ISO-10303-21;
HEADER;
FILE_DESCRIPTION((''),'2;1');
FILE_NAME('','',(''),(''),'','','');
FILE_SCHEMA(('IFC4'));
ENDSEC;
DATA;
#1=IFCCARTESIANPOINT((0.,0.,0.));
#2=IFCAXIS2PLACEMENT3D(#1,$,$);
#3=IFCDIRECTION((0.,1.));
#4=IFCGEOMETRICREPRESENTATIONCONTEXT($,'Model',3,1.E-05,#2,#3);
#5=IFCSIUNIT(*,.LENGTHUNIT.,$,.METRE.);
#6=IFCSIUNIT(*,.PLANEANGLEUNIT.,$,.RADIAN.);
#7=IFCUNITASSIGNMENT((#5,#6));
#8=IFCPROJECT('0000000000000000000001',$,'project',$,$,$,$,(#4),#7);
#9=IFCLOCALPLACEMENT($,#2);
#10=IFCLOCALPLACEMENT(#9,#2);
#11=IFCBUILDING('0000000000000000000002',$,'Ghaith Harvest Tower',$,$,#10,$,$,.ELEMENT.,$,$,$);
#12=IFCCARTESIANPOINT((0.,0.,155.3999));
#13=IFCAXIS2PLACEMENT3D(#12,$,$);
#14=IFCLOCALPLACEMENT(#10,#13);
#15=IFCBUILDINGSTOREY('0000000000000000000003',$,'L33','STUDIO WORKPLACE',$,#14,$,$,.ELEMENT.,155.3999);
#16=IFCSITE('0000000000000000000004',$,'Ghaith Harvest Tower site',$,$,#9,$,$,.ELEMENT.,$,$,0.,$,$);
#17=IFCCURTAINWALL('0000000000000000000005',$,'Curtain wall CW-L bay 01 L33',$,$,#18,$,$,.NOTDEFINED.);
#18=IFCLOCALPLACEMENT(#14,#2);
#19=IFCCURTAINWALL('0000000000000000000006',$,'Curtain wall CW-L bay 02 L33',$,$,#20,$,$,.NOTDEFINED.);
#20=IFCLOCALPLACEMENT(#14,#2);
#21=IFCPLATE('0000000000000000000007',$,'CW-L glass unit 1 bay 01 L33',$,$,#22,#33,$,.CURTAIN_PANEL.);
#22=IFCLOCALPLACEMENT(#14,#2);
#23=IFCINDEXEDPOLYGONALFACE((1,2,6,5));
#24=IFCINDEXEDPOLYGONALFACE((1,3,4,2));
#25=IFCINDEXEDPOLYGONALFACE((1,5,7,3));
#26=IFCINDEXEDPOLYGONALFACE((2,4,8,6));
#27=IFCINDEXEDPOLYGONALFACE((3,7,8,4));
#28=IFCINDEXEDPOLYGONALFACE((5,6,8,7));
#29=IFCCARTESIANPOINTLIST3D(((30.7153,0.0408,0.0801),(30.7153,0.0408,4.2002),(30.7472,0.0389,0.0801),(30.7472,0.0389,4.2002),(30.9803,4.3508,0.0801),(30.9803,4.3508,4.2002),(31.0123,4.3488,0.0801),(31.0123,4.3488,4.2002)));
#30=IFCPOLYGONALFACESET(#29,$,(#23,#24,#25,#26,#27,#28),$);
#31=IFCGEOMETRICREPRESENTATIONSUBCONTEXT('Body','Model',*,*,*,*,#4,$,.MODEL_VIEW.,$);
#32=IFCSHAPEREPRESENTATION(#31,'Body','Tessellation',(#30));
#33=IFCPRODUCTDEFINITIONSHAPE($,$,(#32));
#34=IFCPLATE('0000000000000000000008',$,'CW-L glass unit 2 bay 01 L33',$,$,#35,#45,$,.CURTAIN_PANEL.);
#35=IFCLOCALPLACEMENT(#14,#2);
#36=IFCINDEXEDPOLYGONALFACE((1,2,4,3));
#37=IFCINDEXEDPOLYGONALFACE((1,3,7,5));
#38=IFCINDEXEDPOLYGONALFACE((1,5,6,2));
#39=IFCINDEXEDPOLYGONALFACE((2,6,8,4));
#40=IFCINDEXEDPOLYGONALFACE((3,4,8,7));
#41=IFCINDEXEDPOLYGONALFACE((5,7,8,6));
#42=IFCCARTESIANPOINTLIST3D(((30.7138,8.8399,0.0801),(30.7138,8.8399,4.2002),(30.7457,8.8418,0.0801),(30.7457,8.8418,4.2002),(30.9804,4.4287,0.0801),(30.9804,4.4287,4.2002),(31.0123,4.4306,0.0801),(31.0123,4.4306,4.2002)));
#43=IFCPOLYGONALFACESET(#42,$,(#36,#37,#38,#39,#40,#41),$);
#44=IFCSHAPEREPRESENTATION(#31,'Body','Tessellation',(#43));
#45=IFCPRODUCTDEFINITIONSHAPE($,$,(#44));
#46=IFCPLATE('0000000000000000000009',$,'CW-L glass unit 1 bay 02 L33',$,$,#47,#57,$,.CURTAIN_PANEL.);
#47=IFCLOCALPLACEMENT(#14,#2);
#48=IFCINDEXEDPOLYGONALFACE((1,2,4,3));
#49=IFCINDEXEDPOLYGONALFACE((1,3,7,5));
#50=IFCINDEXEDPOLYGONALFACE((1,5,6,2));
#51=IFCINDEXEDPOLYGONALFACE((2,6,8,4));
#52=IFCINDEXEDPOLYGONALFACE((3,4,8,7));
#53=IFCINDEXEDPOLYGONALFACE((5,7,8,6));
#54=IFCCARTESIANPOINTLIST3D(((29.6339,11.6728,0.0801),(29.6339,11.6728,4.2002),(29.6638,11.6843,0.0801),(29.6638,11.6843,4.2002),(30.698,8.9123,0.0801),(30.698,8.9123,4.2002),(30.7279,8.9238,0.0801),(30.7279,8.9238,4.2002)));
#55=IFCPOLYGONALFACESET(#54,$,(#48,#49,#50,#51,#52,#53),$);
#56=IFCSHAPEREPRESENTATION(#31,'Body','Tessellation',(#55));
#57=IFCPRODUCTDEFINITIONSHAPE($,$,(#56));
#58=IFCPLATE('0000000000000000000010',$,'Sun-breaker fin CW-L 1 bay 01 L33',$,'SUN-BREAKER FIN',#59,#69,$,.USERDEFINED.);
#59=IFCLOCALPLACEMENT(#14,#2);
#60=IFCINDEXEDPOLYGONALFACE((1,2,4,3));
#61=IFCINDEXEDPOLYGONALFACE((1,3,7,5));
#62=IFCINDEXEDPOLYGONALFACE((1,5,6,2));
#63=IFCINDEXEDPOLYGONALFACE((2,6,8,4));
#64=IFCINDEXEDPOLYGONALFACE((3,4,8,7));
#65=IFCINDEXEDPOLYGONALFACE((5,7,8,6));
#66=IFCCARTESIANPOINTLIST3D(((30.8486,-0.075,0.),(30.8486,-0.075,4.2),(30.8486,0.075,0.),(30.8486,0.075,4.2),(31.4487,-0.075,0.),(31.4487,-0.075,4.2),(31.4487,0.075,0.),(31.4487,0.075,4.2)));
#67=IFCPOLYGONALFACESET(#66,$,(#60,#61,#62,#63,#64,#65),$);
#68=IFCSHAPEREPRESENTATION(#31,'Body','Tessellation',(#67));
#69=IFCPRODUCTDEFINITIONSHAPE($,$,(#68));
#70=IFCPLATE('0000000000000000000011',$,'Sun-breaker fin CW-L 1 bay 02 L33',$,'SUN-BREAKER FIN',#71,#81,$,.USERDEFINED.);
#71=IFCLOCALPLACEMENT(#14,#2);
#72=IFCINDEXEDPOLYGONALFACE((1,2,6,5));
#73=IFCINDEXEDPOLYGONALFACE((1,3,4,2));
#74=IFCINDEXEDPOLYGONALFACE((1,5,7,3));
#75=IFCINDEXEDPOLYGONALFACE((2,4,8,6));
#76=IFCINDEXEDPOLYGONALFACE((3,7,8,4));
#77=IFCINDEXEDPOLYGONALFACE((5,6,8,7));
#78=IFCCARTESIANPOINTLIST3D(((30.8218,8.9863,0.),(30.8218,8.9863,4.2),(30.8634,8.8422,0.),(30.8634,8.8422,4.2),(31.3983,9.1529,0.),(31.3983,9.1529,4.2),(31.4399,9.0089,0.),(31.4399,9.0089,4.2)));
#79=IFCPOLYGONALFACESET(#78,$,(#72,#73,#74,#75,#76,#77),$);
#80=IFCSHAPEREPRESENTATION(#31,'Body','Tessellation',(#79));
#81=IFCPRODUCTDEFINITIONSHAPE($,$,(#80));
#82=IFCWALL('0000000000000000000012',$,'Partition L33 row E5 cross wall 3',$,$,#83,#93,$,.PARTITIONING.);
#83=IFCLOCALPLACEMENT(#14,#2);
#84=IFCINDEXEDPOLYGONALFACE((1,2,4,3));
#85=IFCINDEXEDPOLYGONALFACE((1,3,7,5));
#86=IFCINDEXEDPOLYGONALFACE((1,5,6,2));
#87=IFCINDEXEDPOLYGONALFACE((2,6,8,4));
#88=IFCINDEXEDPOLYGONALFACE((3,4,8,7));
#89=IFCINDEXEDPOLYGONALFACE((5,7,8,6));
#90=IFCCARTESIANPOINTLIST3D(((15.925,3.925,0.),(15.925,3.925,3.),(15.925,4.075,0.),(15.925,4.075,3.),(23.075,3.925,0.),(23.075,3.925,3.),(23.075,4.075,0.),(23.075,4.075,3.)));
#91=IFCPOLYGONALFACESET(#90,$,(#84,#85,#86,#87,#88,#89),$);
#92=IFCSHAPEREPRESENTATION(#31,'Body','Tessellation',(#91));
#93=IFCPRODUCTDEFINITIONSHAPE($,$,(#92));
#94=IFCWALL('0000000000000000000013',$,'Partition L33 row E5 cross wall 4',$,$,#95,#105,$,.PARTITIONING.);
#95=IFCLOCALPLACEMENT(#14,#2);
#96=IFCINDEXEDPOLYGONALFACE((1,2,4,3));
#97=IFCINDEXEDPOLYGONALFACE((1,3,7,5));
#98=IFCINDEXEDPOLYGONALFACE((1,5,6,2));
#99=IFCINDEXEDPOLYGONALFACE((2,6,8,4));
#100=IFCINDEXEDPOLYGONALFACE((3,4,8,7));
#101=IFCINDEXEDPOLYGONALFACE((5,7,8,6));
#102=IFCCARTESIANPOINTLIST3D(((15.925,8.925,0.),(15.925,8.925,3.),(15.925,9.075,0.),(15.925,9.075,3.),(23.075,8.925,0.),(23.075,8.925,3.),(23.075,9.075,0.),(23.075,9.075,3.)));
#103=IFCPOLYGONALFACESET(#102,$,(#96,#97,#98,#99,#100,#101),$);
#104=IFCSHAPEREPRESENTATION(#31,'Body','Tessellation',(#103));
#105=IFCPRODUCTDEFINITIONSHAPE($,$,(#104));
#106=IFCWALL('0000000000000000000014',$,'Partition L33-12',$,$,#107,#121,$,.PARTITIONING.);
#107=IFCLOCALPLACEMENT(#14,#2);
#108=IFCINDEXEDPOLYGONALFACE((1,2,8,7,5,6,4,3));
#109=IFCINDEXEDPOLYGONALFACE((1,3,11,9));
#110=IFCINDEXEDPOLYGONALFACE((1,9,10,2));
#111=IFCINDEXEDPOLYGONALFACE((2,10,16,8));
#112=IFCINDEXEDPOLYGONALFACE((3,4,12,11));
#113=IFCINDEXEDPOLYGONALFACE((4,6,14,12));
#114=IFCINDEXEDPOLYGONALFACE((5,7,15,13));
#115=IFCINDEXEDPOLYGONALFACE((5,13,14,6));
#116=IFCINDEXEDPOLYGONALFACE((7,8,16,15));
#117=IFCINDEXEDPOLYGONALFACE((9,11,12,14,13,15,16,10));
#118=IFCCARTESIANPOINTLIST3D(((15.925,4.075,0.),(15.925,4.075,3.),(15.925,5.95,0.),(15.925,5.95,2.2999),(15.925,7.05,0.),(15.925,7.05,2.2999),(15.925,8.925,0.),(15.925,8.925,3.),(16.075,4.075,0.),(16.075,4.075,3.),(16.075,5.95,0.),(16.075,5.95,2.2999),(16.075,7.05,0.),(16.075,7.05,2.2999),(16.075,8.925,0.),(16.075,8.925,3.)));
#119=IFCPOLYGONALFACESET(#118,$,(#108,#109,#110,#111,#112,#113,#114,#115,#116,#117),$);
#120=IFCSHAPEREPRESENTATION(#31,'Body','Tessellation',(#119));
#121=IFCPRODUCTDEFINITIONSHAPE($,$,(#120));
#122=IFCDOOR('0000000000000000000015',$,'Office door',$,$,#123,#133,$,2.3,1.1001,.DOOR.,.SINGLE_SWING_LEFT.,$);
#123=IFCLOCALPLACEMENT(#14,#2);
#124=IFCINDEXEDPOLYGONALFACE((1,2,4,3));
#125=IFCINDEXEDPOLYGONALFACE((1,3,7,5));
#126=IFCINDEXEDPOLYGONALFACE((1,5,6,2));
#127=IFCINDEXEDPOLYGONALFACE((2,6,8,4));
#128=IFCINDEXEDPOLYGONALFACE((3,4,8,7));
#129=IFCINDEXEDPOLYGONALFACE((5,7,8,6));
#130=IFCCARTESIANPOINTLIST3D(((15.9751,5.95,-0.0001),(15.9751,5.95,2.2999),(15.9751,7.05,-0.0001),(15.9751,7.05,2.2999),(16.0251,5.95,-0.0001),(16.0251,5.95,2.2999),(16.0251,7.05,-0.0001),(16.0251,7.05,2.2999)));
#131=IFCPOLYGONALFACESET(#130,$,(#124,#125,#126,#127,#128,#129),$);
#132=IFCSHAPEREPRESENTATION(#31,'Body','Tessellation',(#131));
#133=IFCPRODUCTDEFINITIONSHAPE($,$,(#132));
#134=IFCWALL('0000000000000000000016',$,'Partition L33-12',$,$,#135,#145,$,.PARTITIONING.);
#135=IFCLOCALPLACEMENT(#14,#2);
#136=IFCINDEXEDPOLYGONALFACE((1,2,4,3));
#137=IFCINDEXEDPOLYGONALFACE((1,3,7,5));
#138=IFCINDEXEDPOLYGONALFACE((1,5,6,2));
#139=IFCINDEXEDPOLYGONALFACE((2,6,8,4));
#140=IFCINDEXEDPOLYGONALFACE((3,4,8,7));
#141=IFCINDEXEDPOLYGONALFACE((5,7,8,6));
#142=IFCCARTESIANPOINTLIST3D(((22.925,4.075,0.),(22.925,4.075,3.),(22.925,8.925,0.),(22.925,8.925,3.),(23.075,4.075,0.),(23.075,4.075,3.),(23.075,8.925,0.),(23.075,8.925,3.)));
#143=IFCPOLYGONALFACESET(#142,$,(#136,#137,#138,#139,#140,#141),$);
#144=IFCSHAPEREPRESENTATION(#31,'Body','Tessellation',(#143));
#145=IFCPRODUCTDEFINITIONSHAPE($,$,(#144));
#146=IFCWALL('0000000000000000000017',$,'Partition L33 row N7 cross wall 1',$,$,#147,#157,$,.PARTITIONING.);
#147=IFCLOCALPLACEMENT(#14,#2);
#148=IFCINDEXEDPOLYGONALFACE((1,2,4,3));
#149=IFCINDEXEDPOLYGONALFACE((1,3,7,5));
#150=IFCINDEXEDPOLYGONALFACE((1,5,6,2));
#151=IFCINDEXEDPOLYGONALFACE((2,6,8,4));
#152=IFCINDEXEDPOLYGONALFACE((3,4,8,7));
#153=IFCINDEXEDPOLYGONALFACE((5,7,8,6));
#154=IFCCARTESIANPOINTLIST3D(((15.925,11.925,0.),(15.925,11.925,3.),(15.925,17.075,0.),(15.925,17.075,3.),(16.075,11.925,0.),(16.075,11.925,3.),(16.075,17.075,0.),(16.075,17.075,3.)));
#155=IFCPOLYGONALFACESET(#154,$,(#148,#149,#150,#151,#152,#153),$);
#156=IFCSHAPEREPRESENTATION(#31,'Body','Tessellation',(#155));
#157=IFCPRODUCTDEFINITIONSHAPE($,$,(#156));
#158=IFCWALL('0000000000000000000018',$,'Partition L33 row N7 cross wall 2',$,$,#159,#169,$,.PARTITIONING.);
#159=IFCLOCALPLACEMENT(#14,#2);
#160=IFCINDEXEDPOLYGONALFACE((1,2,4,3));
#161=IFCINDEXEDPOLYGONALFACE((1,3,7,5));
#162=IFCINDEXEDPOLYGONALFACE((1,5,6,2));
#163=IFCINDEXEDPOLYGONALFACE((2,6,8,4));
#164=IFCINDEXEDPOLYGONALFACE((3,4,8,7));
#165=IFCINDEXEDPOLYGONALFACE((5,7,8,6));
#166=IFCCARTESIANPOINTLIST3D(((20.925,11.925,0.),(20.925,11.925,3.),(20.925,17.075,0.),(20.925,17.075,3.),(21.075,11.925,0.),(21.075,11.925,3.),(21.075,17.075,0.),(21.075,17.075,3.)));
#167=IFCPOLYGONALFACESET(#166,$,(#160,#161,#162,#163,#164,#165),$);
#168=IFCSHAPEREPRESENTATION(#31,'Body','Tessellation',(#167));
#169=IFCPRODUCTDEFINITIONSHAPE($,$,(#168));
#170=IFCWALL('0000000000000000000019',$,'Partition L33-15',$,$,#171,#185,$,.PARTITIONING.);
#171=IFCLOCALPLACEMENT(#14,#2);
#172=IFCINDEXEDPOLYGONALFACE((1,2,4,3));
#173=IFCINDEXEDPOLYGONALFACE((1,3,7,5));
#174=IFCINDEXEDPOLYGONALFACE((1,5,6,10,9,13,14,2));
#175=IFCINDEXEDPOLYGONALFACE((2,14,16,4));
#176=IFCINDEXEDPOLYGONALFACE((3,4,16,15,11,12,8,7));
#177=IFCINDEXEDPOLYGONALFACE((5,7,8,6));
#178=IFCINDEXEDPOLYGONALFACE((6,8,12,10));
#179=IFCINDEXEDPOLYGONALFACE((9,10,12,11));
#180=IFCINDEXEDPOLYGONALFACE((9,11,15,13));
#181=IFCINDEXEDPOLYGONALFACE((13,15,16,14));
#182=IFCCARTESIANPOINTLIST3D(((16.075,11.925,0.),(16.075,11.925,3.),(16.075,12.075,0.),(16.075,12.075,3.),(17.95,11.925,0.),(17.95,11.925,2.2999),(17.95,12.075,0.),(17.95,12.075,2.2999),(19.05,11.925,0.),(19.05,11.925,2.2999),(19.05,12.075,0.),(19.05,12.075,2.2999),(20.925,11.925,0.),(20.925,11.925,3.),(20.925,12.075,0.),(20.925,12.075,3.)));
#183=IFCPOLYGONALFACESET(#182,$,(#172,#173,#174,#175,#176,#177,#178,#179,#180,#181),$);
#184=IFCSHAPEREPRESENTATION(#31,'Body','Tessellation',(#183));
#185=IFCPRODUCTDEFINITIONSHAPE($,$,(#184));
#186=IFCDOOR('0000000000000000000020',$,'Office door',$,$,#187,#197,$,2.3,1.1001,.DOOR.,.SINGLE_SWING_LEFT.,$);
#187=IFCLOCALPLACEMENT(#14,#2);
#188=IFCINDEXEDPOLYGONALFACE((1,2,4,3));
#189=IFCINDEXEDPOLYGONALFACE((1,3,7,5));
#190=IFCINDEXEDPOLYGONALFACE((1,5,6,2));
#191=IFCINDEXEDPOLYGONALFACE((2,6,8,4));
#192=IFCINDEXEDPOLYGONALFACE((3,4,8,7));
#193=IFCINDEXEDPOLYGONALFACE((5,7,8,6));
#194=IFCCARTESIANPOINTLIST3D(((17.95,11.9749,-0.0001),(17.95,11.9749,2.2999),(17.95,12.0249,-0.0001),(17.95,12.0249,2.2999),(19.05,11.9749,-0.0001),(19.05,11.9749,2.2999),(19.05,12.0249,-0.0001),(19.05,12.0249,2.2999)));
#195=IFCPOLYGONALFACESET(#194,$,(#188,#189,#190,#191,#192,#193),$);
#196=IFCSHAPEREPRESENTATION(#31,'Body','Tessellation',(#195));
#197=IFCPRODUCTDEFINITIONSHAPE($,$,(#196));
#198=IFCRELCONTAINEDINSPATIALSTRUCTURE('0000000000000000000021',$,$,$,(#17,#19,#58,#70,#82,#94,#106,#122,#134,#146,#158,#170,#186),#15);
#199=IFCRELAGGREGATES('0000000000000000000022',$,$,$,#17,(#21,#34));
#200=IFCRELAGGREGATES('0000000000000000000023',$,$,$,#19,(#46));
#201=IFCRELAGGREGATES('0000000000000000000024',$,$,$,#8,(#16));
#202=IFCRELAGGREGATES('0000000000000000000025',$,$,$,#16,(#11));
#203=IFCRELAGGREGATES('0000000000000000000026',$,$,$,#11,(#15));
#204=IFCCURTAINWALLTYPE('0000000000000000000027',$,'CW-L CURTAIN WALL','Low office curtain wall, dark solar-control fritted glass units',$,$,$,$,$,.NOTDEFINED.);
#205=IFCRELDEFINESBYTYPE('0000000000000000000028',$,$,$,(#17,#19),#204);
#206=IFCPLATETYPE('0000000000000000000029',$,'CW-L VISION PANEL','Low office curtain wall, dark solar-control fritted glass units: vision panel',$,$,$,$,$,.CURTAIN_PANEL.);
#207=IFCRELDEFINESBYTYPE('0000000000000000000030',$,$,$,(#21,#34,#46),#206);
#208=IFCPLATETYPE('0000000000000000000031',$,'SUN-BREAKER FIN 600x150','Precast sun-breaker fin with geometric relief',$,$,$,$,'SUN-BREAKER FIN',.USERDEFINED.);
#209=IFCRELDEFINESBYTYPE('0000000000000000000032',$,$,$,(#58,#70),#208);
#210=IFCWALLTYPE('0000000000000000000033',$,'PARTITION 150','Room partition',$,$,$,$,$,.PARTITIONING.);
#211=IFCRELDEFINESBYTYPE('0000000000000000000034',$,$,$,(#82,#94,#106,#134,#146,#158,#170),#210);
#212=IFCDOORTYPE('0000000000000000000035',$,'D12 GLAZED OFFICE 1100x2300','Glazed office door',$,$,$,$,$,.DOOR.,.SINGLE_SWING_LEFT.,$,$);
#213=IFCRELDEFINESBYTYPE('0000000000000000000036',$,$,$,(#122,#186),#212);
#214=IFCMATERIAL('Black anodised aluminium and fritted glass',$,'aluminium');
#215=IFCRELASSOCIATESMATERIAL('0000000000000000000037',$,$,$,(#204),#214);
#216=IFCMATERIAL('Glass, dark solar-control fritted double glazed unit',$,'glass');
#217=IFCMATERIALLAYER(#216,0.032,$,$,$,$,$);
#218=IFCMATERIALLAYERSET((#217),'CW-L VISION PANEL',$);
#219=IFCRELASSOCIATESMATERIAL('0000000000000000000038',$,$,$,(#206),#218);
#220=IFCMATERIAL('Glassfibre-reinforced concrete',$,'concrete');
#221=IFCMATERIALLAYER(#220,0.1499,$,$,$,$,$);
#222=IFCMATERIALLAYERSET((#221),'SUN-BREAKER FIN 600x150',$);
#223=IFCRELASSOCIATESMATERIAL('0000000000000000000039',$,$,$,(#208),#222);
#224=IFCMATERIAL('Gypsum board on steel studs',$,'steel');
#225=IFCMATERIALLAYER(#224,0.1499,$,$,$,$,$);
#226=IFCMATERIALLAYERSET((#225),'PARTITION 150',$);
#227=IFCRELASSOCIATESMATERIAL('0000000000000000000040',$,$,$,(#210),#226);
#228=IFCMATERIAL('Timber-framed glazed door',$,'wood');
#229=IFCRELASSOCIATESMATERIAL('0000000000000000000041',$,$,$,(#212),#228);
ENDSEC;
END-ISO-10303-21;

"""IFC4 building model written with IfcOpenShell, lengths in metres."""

from ifc_helpers import new_model, si_unit, direction, frame, frame_2d, origin, origin_2d, place, context, subcontext, project, spatial, rectangle, extrude, material, layer, layer_set, type_object, element, fill, aggregate, save


model = new_model("IFC4")

# Units and contexts
model_context = context("Model", 3, precision=1e-05, world=origin(), true_north=direction((0.0, 1.0)))
body_context = subcontext(model_context, "Body", "Model", "MODEL_VIEW")
ifc_project = project(units=[si_unit("LENGTHUNIT", "METRE"), si_unit("PLANEANGLEUNIT", "RADIAN")], contexts=[model_context])

# Site, building, storey
site_placement = place(None, origin())
site = spatial("IfcSite", under=ifc_project, at=site_placement, Name="Ghaith Harvest Tower site", CompositionType="ELEMENT", RefElevation=0.0)
building_placement = place(site_placement, origin())
building = spatial("IfcBuilding", under=site, at=building_placement, Name="Ghaith Harvest Tower", CompositionType="ELEMENT")
storey_placement = place(building_placement, frame((0.0, 0.0, 155.3999)))
storey = spatial("IfcBuildingStorey", under=building, at=storey_placement, Name="L33", Description="STUDIO WORKPLACE", CompositionType="ELEMENT", Elevation=155.3999)

# Curtain walls
ifc_material_1 = material(Name="Black anodised aluminium and fritted glass", Category="aluminium")
curtain_wall_type = type_object("IfcCurtainWallType", Name="CW-L CURTAIN WALL", Description="Low office curtain wall, dark solar-control fritted glass units", PredefinedType="NOTDEFINED", material=ifc_material_1)
curtain_wall_1_placement = place(storey_placement, origin())
curtain_wall_1 = element("IfcCurtainWall", 1, at=curtain_wall_1_placement, inside=storey, type_object=curtain_wall_type, Name="Curtain wall CW-L bay 01 L33", PredefinedType="NOTDEFINED")
curtain_wall_2_placement = place(storey_placement, origin())
curtain_wall_2 = element("IfcCurtainWall", 2, at=curtain_wall_2_placement, inside=storey, type_object=curtain_wall_type, Name="Curtain wall CW-L bay 02 L33", PredefinedType="NOTDEFINED")

# Plates
ifc_material_2 = material(Name="Glass, dark solar-control fritted double glazed unit", Category="glass")
ifc_layer_1 = layer(ifc_material_2, 0.032)
ifc_layer_set_1 = layer_set([ifc_layer_1], Name="CW-L VISION PANEL")
plate_type_1 = type_object("IfcPlateType", Name="CW-L VISION PANEL", Description="Low office curtain wall, dark solar-control fritted glass units: vision panel", PredefinedType="CURTAIN_PANEL", material=ifc_layer_set_1)
plate_1_placement = place(storey_placement, frame((30.8638, 2.1948, 0.0801), z_axis=(0.0, 0.0, 1.0), x_axis=(0.06138, 0.998114, 0.0)))
plate_1 = element("IfcPlate", 3, at=plate_1_placement, type_object=plate_type_1, Name="CW-L glass unit 1 bay 01 L33", PredefinedType="CURTAIN_PANEL", context=body_context, shape_type="SweptSolid", body=[
    extrude(rectangle(XDim=4.3181, YDim=0.032, at=origin_2d()), origin(), (0.0, 0.0, 1.0), 4.1201),
])
plate_2_placement = place(storey_placement, frame((30.863, 6.6353, 0.0801), z_axis=(0.0, 0.0, 1.0), x_axis=(-0.060321, 0.998179, 0.0)))
plate_2 = element("IfcPlate", 4, at=plate_2_placement, type_object=plate_type_1, Name="CW-L glass unit 2 bay 01 L33", PredefinedType="CURTAIN_PANEL", context=body_context, shape_type="SweptSolid", body=[
    extrude(rectangle(XDim=4.4192, YDim=0.032, at=origin_2d()), origin(), (0.0, 0.0, 1.0), 4.1201),
])
aggregate(curtain_wall_1, [plate_1, plate_2])
plate_3_placement = place(storey_placement, frame((30.1809, 10.2983, 0.0801), z_axis=(0.0, 0.0, 1.0), x_axis=(-0.359677, 0.933077, 0.0)))
plate_3 = element("IfcPlate", 5, at=plate_3_placement, type_object=plate_type_1, Name="CW-L glass unit 1 bay 02 L33", PredefinedType="CURTAIN_PANEL", context=body_context, shape_type="SweptSolid", body=[
    extrude(rectangle(XDim=2.9585, YDim=0.032, at=origin_2d()), origin(), (0.0, 0.0, 1.0), 4.1201),
])
aggregate(curtain_wall_2, [plate_3])

# Plates
ifc_material_3 = material(Name="Glassfibre-reinforced concrete", Category="concrete")
ifc_layer_2 = layer(ifc_material_3, 0.1499)
ifc_layer_set_2 = layer_set([ifc_layer_2], Name="SUN-BREAKER FIN 600x150")
plate_type_2 = type_object("IfcPlateType", Name="SUN-BREAKER FIN 600x150", Description="Precast sun-breaker fin with geometric relief", ElementType="SUN-BREAKER FIN", PredefinedType="USERDEFINED", material=ifc_layer_set_2)
for number, where, z_axis, x_axis, name in (
    (6, (31.1487, 0.0, 0.0), (0.0, 0.0, 1.0), (1.0, 0.0, 0.0), "Sun-breaker fin CW-L 1 bay 01 L33"),
    (7, (31.1309, 8.9976, 0.0), (0.0, 0.0, 1.0), (0.96068, 0.277657, 0.0), "Sun-breaker fin CW-L 1 bay 02 L33"),
):
    element("IfcPlate", number, at=place(storey_placement, frame(where, z_axis=z_axis, x_axis=x_axis)), inside=storey, type_object=plate_type_2, Name=name, ObjectType="SUN-BREAKER FIN", PredefinedType="USERDEFINED", context=body_context, shape_type="SweptSolid", body=[
        extrude(rectangle(XDim=0.6001, YDim=0.1499, at=origin_2d()), origin(), (0.0, 0.0, 1.0), 4.2),
    ])

# Walls
ifc_material_4 = material(Name="Gypsum board on steel studs", Category="steel")
ifc_layer_3 = layer(ifc_material_4, 0.1499)
ifc_layer_set_3 = layer_set([ifc_layer_3], Name="PARTITION 150")
wall_type_1 = type_object("IfcWallType", Name="PARTITION 150", Description="Room partition", PredefinedType="PARTITIONING", material=ifc_layer_set_3)
for number, where, z_axis, x_axis, name in (
    (8, (15.925, 4.0, 0.0), (0.0, 0.0, 1.0), (1.0, 0.0, 0.0), "Partition L33 row E5 cross wall 3"),
    (9, (15.925, 9.0, 0.0), (0.0, 0.0, 1.0), (1.0, 0.0, 0.0), "Partition L33 row E5 cross wall 4"),
):
    element("IfcWall", number, at=place(storey_placement, frame(where, z_axis=z_axis, x_axis=x_axis)), inside=storey, type_object=wall_type_1, Name=name, PredefinedType="PARTITIONING", context=body_context, shape_type="SweptSolid", body=[
        extrude(rectangle(XDim=7.1499, YDim=0.1499, at=frame_2d((3.575, 0.0))), origin(), (0.0, 0.0, 1.0), 3.0),
    ])

# Wall, opening, door
wall_1_placement = place(storey_placement, frame((16.0, 4.075, 0.0), z_axis=(0.0, 0.0, 1.0), x_axis=(0.0, 1.0, 0.0)))
wall_1 = element("IfcWall", 10, at=wall_1_placement, inside=storey, type_object=wall_type_1, Name="Partition L33-12", PredefinedType="PARTITIONING", context=body_context, shape_type="SweptSolid", body=[
    extrude(rectangle(XDim=4.8501, YDim=0.1499, at=frame_2d((2.425, 0.0))), origin(), (0.0, 0.0, 1.0), 3.0),
])
opening_1_placement = place(wall_1_placement, frame((1.875, 0.0, 0.0)))
opening_1 = element("IfcOpeningElement", 11, at=opening_1_placement, cuts=wall_1, PredefinedType="OPENING", context=body_context, shape_type="SweptSolid", body=[
    extrude(rectangle(XDim=1.1001, YDim=2.3, at=frame_2d((0.55, 1.1499))), frame((0.0, 0.085, 0.0), z_axis=(0.0, -1.0, 0.0), x_axis=(1.0, 0.0, 0.0)), (0.0, 0.0, 1.0), 0.1699),
])
ifc_material_5 = material(Name="Timber-framed glazed door", Category="wood")
door_type_1 = type_object("IfcDoorType", Name="D12 GLAZED OFFICE 1100x2300", Description="Glazed office door", OperationType="SINGLE_SWING_LEFT", PredefinedType="DOOR", material=ifc_material_5)
door_1_placement = place(opening_1_placement, origin())
door_1 = element("IfcDoor", 12, at=door_1_placement, inside=storey, type_object=door_type_1, Name="Office door", OperationType="SINGLE_SWING_LEFT", OverallHeight=2.3, OverallWidth=1.1001, PredefinedType="DOOR", context=body_context, shape_type="SweptSolid", body=[
    extrude(rectangle(XDim=1.1001, YDim=2.3, at=frame_2d((0.55, 1.1499))), frame((0.0, 0.0249, 0.0), z_axis=(0.0, -1.0, 0.0), x_axis=(1.0, 0.0, 0.0)), (0.0, 0.0, 1.0), 0.05),
])
fill(opening_1, door_1)

# Walls
wall_2_placement = place(storey_placement, frame((23.0, 4.075, 0.0), z_axis=(0.0, 0.0, 1.0), x_axis=(0.0, 1.0, 0.0)))
element("IfcWall", 13, at=wall_2_placement, inside=storey, type_object=wall_type_1, Name="Partition L33-12", PredefinedType="PARTITIONING", context=body_context, shape_type="SweptSolid", body=[
    extrude(rectangle(XDim=4.8501, YDim=0.1499, at=frame_2d((2.425, 0.0))), origin(), (0.0, 0.0, 1.0), 3.0),
])
for number, where, z_axis, x_axis, name in (
    (14, (16.0, 11.925, 0.0), (0.0, 0.0, 1.0), (0.0, 1.0, 0.0), "Partition L33 row N7 cross wall 1"),
    (15, (21.0, 11.925, 0.0), (0.0, 0.0, 1.0), (0.0, 1.0, 0.0), "Partition L33 row N7 cross wall 2"),
):
    element("IfcWall", number, at=place(storey_placement, frame(where, z_axis=z_axis, x_axis=x_axis)), inside=storey, type_object=wall_type_1, Name=name, PredefinedType="PARTITIONING", context=body_context, shape_type="SweptSolid", body=[
        extrude(rectangle(XDim=5.1499, YDim=0.1499, at=frame_2d((2.575, 0.0))), origin(), (0.0, 0.0, 1.0), 3.0),
    ])

# Wall, opening, door
wall_3_placement = place(storey_placement, frame((16.075, 12.0, 0.0), z_axis=(0.0, 0.0, 1.0), x_axis=(1.0, 0.0, 0.0)))
wall_3 = element("IfcWall", 16, at=wall_3_placement, inside=storey, type_object=wall_type_1, Name="Partition L33-15", PredefinedType="PARTITIONING", context=body_context, shape_type="SweptSolid", body=[
    extrude(rectangle(XDim=4.8501, YDim=0.1499, at=frame_2d((2.425, 0.0))), origin(), (0.0, 0.0, 1.0), 3.0),
])
opening_2_placement = place(wall_3_placement, frame((1.875, 0.0, 0.0)))
opening_2 = element("IfcOpeningElement", 17, at=opening_2_placement, cuts=wall_3, PredefinedType="OPENING", context=body_context, shape_type="SweptSolid", body=[
    extrude(rectangle(XDim=1.1001, YDim=2.3, at=frame_2d((0.55, 1.1499))), frame((0.0, 0.085, 0.0), z_axis=(0.0, -1.0, 0.0), x_axis=(1.0, 0.0, 0.0)), (0.0, 0.0, 1.0), 0.1699),
])
door_2_placement = place(opening_2_placement, origin())
door_2 = element("IfcDoor", 18, at=door_2_placement, inside=storey, type_object=door_type_1, Name="Office door", OperationType="SINGLE_SWING_LEFT", OverallHeight=2.3, OverallWidth=1.1001, PredefinedType="DOOR", context=body_context, shape_type="SweptSolid", body=[
    extrude(rectangle(XDim=1.1001, YDim=2.3, at=frame_2d((0.55, 1.1499))), frame((0.0, 0.0249, 0.0), z_axis=(0.0, -1.0, 0.0), x_axis=(1.0, 0.0, 0.0)), (0.0, 0.0, 1.0), 0.05),
])
fill(opening_2, door_2)

save(model, "model.ifc")
